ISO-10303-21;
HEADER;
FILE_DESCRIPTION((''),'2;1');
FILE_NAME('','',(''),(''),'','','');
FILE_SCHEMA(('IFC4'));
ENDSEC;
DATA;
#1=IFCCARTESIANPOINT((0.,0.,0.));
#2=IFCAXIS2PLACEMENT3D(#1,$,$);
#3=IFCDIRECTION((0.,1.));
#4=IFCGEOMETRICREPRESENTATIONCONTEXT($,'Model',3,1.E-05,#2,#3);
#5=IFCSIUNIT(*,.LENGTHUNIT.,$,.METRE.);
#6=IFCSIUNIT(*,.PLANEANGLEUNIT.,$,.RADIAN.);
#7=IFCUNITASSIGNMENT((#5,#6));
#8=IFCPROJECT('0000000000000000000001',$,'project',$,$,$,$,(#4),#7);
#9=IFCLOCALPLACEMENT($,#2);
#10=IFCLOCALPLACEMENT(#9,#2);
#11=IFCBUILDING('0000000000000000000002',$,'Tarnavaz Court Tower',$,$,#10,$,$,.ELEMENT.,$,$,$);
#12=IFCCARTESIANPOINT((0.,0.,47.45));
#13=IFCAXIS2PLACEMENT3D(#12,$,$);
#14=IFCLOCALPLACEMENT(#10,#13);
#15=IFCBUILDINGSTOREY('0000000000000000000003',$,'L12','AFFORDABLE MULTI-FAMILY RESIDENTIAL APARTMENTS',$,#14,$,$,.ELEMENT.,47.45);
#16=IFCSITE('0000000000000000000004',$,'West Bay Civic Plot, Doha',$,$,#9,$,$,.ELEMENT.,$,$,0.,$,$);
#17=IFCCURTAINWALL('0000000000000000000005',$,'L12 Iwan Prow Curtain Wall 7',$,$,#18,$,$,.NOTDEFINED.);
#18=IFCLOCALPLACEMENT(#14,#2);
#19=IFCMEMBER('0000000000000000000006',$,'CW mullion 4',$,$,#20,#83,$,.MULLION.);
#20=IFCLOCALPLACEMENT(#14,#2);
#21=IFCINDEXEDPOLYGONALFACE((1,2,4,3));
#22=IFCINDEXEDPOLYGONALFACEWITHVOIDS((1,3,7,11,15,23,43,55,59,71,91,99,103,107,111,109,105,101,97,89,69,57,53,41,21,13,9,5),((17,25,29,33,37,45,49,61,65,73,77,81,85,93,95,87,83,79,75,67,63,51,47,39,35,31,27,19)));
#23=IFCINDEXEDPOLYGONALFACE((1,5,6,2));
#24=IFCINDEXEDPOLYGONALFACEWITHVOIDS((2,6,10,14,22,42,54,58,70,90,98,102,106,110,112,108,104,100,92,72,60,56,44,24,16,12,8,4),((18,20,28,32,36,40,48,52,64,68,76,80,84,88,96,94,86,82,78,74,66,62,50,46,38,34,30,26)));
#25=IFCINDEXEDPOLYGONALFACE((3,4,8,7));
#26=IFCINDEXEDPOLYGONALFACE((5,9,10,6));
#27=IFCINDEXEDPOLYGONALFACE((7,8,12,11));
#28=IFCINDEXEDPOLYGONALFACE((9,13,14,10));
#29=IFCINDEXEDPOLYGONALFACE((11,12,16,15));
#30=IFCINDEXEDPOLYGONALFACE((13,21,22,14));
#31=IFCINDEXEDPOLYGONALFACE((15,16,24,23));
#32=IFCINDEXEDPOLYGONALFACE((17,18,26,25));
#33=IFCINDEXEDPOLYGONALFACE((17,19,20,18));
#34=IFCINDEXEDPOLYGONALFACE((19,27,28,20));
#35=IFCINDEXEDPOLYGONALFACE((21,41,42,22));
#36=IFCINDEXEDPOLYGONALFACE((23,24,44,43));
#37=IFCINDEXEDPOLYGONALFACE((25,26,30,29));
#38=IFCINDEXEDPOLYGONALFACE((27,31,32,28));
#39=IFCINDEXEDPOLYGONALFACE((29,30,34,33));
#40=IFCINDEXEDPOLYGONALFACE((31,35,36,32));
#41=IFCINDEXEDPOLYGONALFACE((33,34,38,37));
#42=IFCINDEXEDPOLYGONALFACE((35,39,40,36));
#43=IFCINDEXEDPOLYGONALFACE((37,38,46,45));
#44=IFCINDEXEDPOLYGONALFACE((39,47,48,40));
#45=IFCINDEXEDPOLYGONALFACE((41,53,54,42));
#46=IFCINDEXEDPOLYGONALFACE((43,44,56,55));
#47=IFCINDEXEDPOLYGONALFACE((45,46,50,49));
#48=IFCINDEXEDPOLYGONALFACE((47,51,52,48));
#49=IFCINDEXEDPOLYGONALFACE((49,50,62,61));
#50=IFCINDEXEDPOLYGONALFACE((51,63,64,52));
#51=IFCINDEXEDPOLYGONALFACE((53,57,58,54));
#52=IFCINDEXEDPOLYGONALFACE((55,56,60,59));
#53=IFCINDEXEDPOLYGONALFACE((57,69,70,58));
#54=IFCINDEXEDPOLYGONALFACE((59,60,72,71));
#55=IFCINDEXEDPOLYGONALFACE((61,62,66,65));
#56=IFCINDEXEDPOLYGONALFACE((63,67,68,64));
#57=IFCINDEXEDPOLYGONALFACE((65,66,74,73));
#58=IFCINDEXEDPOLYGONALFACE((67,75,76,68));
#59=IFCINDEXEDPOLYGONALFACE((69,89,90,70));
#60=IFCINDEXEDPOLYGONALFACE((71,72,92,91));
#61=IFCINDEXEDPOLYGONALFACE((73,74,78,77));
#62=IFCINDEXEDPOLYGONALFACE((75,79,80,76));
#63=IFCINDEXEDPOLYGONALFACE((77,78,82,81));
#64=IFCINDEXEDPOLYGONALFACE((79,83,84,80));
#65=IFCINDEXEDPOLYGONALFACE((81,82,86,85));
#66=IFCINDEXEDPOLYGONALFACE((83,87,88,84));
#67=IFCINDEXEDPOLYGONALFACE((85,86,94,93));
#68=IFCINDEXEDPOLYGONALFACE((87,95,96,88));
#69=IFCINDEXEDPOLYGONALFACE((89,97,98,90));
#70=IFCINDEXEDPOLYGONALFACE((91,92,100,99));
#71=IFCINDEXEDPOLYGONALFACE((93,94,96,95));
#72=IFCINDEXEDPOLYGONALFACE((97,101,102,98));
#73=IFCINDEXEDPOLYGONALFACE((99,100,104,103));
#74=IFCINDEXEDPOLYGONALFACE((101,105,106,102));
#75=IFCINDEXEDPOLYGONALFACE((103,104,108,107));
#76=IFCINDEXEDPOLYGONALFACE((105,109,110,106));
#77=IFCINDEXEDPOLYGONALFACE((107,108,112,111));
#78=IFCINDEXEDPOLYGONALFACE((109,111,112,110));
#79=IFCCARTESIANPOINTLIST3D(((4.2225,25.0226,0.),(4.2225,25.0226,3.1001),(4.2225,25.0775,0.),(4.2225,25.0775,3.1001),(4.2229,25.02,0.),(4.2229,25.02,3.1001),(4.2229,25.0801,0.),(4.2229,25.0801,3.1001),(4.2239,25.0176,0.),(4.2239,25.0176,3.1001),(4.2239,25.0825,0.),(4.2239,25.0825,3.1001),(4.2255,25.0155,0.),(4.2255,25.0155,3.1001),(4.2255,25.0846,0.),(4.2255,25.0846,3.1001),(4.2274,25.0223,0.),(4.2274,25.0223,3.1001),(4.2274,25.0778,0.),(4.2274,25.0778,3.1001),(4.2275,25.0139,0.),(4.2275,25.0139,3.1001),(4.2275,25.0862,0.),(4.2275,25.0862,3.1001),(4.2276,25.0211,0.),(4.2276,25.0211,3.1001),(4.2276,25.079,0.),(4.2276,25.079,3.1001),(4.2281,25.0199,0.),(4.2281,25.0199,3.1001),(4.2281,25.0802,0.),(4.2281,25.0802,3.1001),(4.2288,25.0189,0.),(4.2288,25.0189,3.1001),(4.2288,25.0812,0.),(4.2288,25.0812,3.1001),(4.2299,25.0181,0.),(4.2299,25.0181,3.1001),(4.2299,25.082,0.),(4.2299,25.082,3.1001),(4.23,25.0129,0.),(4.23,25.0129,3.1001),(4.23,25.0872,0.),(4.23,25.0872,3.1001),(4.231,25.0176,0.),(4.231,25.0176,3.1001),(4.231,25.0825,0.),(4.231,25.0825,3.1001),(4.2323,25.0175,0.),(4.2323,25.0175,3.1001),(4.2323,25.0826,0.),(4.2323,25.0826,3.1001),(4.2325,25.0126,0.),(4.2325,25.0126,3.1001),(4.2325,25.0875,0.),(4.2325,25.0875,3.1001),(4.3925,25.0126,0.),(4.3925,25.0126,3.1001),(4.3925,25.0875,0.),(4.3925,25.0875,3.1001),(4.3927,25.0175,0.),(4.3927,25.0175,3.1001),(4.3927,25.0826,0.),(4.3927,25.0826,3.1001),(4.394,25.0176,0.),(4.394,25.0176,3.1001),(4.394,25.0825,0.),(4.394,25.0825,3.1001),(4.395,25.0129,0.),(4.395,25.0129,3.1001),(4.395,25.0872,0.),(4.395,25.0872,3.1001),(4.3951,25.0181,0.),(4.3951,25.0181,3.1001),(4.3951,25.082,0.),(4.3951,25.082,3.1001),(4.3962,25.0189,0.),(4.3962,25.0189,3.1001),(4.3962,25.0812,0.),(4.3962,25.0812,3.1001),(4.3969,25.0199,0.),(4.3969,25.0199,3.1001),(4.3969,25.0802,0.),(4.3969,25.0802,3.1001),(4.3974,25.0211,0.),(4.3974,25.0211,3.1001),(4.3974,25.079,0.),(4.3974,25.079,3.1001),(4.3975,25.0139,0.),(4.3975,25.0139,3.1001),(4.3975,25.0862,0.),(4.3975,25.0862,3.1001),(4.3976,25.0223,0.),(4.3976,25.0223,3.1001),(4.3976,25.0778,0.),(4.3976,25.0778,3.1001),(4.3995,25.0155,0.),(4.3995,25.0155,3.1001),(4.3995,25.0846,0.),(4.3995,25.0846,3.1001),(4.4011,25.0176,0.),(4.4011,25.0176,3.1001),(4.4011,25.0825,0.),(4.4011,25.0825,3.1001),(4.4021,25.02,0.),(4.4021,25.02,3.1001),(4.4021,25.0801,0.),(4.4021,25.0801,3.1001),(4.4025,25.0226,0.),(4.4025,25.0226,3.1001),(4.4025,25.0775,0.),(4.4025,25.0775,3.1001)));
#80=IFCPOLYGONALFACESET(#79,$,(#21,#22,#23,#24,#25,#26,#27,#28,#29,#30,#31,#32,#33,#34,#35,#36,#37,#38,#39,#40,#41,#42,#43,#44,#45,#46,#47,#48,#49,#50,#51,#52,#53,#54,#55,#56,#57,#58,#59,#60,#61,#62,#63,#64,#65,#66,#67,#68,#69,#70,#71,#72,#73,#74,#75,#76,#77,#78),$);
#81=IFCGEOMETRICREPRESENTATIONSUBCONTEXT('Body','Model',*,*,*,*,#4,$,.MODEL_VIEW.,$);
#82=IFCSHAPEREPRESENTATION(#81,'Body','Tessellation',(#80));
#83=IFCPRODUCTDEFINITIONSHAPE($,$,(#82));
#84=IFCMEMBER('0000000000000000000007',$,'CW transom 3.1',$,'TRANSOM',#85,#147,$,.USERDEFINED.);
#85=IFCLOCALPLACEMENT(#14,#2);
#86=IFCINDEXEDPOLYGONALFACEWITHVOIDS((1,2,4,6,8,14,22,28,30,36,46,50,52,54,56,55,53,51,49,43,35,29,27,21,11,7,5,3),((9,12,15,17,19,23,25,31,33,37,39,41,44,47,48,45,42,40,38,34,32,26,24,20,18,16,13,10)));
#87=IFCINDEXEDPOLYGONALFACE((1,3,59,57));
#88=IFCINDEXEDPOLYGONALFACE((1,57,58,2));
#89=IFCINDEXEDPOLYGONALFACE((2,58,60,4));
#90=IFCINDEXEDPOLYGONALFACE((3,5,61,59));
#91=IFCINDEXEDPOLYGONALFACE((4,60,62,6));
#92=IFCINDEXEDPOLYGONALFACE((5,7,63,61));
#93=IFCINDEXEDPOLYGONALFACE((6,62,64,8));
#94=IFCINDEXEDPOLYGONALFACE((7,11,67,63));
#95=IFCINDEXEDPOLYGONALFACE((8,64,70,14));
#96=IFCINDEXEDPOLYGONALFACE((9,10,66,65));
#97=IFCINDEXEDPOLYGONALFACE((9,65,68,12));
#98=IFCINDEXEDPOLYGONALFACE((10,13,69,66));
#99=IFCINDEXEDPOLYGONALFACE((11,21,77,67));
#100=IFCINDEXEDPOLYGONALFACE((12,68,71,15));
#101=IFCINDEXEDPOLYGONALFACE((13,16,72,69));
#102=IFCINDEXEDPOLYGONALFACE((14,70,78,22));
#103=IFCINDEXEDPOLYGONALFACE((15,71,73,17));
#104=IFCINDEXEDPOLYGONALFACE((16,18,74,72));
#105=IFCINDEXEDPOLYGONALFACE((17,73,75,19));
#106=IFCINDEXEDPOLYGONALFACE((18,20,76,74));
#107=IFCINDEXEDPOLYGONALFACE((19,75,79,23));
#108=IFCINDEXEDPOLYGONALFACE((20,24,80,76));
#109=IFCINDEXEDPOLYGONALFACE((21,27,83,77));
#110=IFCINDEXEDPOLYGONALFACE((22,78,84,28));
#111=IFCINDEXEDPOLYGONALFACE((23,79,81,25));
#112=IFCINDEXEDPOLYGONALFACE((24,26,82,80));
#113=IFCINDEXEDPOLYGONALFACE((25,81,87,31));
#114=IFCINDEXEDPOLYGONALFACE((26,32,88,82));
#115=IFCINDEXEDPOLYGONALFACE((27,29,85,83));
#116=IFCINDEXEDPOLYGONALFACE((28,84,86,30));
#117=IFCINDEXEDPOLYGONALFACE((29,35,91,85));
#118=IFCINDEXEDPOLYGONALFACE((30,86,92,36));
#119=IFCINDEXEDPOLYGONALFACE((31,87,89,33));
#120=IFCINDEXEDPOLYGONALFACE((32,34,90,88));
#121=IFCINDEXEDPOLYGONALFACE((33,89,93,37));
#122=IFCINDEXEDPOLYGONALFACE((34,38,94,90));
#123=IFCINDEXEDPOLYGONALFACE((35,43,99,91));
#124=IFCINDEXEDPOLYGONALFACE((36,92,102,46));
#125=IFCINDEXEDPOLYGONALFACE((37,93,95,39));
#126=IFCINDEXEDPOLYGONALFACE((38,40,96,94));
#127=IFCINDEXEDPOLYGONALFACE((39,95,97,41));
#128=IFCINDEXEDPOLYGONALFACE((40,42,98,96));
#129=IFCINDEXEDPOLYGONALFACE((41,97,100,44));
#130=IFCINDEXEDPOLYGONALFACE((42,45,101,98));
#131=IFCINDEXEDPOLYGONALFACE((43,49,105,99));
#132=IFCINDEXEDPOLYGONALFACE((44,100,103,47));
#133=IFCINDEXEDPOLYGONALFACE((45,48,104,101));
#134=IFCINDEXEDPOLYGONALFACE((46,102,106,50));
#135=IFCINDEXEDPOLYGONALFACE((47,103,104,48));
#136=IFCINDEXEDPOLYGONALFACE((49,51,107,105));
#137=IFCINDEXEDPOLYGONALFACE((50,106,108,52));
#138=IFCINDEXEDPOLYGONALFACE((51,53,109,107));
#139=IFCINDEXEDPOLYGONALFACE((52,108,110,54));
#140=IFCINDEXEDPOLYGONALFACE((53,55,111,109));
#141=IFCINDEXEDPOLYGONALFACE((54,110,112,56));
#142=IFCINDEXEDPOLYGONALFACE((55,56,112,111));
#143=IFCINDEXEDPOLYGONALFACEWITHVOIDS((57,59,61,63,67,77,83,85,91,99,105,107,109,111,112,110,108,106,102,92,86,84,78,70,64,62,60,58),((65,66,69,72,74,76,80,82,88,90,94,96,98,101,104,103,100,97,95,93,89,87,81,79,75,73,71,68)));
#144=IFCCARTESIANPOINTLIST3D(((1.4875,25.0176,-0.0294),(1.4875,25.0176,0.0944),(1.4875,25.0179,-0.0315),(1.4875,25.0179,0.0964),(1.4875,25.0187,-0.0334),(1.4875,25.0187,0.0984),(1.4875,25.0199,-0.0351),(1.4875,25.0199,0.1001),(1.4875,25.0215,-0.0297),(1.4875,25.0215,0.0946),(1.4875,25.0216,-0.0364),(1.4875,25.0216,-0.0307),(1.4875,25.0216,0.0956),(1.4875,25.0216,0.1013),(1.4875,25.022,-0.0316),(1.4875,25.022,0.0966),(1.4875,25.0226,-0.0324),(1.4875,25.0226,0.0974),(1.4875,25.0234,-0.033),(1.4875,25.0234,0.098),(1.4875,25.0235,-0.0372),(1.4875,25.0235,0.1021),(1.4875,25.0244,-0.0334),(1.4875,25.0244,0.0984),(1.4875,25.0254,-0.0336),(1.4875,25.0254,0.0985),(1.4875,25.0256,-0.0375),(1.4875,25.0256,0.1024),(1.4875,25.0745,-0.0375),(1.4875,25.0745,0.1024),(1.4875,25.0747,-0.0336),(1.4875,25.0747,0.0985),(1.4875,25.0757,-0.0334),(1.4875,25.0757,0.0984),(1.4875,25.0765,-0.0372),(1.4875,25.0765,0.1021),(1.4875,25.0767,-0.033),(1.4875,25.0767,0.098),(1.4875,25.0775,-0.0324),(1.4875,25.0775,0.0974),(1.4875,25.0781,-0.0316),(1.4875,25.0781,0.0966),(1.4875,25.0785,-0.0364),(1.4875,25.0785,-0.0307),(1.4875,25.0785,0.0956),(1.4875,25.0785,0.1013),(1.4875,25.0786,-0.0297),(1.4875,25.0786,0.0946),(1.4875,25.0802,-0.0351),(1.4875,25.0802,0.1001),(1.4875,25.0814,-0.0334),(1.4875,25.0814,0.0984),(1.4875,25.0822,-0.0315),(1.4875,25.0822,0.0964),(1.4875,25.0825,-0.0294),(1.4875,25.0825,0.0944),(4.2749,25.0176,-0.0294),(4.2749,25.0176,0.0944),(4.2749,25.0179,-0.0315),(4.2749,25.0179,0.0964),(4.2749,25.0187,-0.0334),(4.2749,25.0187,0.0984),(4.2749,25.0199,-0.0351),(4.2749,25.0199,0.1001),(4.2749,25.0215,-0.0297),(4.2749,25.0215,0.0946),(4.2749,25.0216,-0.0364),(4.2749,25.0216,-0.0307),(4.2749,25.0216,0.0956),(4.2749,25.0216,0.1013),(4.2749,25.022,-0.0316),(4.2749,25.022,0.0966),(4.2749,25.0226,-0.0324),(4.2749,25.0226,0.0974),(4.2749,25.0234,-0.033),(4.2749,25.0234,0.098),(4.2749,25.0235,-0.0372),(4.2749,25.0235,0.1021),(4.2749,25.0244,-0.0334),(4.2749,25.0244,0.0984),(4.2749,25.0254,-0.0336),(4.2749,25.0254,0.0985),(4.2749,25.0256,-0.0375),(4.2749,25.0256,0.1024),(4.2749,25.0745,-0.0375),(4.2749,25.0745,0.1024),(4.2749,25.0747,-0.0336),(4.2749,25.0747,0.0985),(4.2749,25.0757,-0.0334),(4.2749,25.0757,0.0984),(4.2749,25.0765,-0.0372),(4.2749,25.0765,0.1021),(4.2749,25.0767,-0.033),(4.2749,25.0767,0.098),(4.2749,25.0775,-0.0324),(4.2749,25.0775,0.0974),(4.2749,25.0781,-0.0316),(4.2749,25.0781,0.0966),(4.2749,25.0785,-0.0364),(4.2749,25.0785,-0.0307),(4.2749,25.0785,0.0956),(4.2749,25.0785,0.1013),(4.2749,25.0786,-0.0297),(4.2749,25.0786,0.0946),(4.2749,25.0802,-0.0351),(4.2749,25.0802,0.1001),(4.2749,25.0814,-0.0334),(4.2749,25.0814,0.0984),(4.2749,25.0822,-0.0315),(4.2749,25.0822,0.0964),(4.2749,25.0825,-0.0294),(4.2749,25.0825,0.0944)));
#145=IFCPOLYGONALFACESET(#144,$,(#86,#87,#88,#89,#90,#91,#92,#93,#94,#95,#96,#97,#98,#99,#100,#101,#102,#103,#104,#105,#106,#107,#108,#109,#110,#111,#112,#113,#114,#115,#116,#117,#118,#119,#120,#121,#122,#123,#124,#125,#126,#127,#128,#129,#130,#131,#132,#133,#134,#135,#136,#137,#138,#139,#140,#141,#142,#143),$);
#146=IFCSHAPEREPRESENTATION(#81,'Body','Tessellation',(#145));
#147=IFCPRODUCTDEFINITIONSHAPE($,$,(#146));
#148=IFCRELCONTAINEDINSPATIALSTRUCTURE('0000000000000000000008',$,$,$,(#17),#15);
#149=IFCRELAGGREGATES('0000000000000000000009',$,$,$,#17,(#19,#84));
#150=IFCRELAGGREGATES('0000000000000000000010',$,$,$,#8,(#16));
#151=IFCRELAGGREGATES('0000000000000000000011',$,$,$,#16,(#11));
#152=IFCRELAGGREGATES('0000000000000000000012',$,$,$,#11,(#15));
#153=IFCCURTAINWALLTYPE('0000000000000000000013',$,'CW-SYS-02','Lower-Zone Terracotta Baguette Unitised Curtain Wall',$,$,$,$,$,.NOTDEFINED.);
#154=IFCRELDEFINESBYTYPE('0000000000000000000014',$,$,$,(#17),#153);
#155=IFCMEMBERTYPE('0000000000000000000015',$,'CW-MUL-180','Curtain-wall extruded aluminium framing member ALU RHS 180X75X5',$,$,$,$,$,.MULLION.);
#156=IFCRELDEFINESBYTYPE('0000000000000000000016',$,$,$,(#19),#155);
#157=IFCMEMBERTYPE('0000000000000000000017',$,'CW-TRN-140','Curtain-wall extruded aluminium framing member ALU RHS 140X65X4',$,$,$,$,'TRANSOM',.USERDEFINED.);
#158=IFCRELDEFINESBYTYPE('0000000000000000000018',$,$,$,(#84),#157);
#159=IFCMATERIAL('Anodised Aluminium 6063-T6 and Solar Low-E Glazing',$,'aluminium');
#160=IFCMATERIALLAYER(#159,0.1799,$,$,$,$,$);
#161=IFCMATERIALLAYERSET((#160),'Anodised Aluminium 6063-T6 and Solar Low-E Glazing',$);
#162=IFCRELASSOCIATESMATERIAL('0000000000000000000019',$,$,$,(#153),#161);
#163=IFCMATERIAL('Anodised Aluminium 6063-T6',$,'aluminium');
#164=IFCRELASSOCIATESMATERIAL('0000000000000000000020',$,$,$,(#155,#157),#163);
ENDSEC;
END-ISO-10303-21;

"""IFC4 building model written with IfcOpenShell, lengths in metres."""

from ifc_helpers import new_model, si_unit, direction, frame, origin, origin_2d, place, context, subcontext, project, spatial, hollow_rectangle, extrude, material, layer, layer_set, material_profile, profile_set, type_object, element, aggregate, save


model = new_model("IFC4")

# Units and contexts
model_context = context("Model", 3, precision=1e-05, world=origin(), true_north=direction((0.0, 1.0)))
body_context = subcontext(model_context, "Body", "Model", "MODEL_VIEW")
ifc_project = project(units=[si_unit("LENGTHUNIT", "METRE"), si_unit("PLANEANGLEUNIT", "RADIAN")], contexts=[model_context])

# Site, building, storey
site_placement = place(None, origin())
site = spatial("IfcSite", under=ifc_project, at=site_placement, Name="West Bay Civic Plot, Doha", CompositionType="ELEMENT", RefElevation=0.0)
building_placement = place(site_placement, origin())
building = spatial("IfcBuilding", under=site, at=building_placement, Name="Tarnavaz Court Tower", CompositionType="ELEMENT")
storey_placement = place(building_placement, frame((0.0, 0.0, 47.45)))
storey = spatial("IfcBuildingStorey", under=building, at=storey_placement, Name="L12", Description="AFFORDABLE MULTI-FAMILY RESIDENTIAL APARTMENTS", CompositionType="ELEMENT", Elevation=47.45)

# Curtain wall, members
ifc_material_1 = material(Name="Anodised Aluminium 6063-T6 and Solar Low-E Glazing", Category="aluminium")
ifc_layer_1 = layer(ifc_material_1, 0.1799)
ifc_layer_set_1 = layer_set([ifc_layer_1], Name="Anodised Aluminium 6063-T6 and Solar Low-E Glazing")
curtain_wall_type = type_object("IfcCurtainWallType", Name="CW-SYS-02", Description="Lower-Zone Terracotta Baguette Unitised Curtain Wall", PredefinedType="NOTDEFINED", material=ifc_layer_set_1)
curtain_wall_placement = place(storey_placement, origin())
curtain_wall = element("IfcCurtainWall", 1, at=curtain_wall_placement, inside=storey, type_object=curtain_wall_type, Name="L12 Iwan Prow Curtain Wall 7", PredefinedType="NOTDEFINED")
ifc_material_2 = material(Name="Anodised Aluminium 6063-T6", Category="aluminium")
ifc_material_profile_1 = material_profile(ifc_material_2, hollow_rectangle(XDim=0.075, YDim=0.1799, WallThickness=0.0049, InnerFilletRadius=0.0049, OuterFilletRadius=0.01, at=origin_2d()), Name="ALU RHS 180X75X5")
ifc_profile_set_1 = profile_set([ifc_material_profile_1], Name="Anodised Aluminium 6063-T6")
member_type_1 = type_object("IfcMemberType", Name="CW-MUL-180", Description="Curtain-wall extruded aluminium framing member ALU RHS 180X75X5", PredefinedType="MULLION", material=ifc_profile_set_1)
member_1_placement = place(storey_placement, frame((4.3125, 25.05, 0.0), z_axis=(0.0, 0.0, 1.0), x_axis=(0.0, 1.0, 0.0)))
member_1 = element("IfcMember", 2, at=member_1_placement, type_object=member_type_1, Name="CW mullion 4", PredefinedType="MULLION", context=body_context, shape_type="SweptSolid", body=[
    extrude(hollow_rectangle(XDim=0.075, YDim=0.1799, WallThickness=0.0049, InnerFilletRadius=0.0049, OuterFilletRadius=0.01, at=origin_2d()), origin(), (0.0, 0.0, 1.0), 3.1001),
])
ifc_material_profile_2 = material_profile(ifc_material_2, hollow_rectangle(XDim=0.0649, YDim=0.1399, WallThickness=0.0039, InnerFilletRadius=0.0039, OuterFilletRadius=0.0081, at=origin_2d()), Name="ALU RHS 140X65X4")
ifc_profile_set_2 = profile_set([ifc_material_profile_2], Name="Anodised Aluminium 6063-T6")
member_type_2 = type_object("IfcMemberType", Name="CW-TRN-140", Description="Curtain-wall extruded aluminium framing member ALU RHS 140X65X4", ElementType="TRANSOM", PredefinedType="USERDEFINED", material=ifc_profile_set_2)
member_2_placement = place(storey_placement, frame((1.4875, 25.05, 0.0325), z_axis=(1.0, 0.0, 0.0), x_axis=(0.0, 1.0, 0.0)))
member_2 = element("IfcMember", 3, at=member_2_placement, type_object=member_type_2, Name="CW transom 3.1", ObjectType="TRANSOM", PredefinedType="USERDEFINED", context=body_context, shape_type="SweptSolid", body=[
    extrude(hollow_rectangle(XDim=0.0649, YDim=0.1399, WallThickness=0.0039, InnerFilletRadius=0.0039, OuterFilletRadius=0.0081, at=origin_2d()), origin(), (0.0, 0.0, 1.0), 2.7874),
])
aggregate(curtain_wall, [member_1, member_2])

save(model, "model.ifc")
